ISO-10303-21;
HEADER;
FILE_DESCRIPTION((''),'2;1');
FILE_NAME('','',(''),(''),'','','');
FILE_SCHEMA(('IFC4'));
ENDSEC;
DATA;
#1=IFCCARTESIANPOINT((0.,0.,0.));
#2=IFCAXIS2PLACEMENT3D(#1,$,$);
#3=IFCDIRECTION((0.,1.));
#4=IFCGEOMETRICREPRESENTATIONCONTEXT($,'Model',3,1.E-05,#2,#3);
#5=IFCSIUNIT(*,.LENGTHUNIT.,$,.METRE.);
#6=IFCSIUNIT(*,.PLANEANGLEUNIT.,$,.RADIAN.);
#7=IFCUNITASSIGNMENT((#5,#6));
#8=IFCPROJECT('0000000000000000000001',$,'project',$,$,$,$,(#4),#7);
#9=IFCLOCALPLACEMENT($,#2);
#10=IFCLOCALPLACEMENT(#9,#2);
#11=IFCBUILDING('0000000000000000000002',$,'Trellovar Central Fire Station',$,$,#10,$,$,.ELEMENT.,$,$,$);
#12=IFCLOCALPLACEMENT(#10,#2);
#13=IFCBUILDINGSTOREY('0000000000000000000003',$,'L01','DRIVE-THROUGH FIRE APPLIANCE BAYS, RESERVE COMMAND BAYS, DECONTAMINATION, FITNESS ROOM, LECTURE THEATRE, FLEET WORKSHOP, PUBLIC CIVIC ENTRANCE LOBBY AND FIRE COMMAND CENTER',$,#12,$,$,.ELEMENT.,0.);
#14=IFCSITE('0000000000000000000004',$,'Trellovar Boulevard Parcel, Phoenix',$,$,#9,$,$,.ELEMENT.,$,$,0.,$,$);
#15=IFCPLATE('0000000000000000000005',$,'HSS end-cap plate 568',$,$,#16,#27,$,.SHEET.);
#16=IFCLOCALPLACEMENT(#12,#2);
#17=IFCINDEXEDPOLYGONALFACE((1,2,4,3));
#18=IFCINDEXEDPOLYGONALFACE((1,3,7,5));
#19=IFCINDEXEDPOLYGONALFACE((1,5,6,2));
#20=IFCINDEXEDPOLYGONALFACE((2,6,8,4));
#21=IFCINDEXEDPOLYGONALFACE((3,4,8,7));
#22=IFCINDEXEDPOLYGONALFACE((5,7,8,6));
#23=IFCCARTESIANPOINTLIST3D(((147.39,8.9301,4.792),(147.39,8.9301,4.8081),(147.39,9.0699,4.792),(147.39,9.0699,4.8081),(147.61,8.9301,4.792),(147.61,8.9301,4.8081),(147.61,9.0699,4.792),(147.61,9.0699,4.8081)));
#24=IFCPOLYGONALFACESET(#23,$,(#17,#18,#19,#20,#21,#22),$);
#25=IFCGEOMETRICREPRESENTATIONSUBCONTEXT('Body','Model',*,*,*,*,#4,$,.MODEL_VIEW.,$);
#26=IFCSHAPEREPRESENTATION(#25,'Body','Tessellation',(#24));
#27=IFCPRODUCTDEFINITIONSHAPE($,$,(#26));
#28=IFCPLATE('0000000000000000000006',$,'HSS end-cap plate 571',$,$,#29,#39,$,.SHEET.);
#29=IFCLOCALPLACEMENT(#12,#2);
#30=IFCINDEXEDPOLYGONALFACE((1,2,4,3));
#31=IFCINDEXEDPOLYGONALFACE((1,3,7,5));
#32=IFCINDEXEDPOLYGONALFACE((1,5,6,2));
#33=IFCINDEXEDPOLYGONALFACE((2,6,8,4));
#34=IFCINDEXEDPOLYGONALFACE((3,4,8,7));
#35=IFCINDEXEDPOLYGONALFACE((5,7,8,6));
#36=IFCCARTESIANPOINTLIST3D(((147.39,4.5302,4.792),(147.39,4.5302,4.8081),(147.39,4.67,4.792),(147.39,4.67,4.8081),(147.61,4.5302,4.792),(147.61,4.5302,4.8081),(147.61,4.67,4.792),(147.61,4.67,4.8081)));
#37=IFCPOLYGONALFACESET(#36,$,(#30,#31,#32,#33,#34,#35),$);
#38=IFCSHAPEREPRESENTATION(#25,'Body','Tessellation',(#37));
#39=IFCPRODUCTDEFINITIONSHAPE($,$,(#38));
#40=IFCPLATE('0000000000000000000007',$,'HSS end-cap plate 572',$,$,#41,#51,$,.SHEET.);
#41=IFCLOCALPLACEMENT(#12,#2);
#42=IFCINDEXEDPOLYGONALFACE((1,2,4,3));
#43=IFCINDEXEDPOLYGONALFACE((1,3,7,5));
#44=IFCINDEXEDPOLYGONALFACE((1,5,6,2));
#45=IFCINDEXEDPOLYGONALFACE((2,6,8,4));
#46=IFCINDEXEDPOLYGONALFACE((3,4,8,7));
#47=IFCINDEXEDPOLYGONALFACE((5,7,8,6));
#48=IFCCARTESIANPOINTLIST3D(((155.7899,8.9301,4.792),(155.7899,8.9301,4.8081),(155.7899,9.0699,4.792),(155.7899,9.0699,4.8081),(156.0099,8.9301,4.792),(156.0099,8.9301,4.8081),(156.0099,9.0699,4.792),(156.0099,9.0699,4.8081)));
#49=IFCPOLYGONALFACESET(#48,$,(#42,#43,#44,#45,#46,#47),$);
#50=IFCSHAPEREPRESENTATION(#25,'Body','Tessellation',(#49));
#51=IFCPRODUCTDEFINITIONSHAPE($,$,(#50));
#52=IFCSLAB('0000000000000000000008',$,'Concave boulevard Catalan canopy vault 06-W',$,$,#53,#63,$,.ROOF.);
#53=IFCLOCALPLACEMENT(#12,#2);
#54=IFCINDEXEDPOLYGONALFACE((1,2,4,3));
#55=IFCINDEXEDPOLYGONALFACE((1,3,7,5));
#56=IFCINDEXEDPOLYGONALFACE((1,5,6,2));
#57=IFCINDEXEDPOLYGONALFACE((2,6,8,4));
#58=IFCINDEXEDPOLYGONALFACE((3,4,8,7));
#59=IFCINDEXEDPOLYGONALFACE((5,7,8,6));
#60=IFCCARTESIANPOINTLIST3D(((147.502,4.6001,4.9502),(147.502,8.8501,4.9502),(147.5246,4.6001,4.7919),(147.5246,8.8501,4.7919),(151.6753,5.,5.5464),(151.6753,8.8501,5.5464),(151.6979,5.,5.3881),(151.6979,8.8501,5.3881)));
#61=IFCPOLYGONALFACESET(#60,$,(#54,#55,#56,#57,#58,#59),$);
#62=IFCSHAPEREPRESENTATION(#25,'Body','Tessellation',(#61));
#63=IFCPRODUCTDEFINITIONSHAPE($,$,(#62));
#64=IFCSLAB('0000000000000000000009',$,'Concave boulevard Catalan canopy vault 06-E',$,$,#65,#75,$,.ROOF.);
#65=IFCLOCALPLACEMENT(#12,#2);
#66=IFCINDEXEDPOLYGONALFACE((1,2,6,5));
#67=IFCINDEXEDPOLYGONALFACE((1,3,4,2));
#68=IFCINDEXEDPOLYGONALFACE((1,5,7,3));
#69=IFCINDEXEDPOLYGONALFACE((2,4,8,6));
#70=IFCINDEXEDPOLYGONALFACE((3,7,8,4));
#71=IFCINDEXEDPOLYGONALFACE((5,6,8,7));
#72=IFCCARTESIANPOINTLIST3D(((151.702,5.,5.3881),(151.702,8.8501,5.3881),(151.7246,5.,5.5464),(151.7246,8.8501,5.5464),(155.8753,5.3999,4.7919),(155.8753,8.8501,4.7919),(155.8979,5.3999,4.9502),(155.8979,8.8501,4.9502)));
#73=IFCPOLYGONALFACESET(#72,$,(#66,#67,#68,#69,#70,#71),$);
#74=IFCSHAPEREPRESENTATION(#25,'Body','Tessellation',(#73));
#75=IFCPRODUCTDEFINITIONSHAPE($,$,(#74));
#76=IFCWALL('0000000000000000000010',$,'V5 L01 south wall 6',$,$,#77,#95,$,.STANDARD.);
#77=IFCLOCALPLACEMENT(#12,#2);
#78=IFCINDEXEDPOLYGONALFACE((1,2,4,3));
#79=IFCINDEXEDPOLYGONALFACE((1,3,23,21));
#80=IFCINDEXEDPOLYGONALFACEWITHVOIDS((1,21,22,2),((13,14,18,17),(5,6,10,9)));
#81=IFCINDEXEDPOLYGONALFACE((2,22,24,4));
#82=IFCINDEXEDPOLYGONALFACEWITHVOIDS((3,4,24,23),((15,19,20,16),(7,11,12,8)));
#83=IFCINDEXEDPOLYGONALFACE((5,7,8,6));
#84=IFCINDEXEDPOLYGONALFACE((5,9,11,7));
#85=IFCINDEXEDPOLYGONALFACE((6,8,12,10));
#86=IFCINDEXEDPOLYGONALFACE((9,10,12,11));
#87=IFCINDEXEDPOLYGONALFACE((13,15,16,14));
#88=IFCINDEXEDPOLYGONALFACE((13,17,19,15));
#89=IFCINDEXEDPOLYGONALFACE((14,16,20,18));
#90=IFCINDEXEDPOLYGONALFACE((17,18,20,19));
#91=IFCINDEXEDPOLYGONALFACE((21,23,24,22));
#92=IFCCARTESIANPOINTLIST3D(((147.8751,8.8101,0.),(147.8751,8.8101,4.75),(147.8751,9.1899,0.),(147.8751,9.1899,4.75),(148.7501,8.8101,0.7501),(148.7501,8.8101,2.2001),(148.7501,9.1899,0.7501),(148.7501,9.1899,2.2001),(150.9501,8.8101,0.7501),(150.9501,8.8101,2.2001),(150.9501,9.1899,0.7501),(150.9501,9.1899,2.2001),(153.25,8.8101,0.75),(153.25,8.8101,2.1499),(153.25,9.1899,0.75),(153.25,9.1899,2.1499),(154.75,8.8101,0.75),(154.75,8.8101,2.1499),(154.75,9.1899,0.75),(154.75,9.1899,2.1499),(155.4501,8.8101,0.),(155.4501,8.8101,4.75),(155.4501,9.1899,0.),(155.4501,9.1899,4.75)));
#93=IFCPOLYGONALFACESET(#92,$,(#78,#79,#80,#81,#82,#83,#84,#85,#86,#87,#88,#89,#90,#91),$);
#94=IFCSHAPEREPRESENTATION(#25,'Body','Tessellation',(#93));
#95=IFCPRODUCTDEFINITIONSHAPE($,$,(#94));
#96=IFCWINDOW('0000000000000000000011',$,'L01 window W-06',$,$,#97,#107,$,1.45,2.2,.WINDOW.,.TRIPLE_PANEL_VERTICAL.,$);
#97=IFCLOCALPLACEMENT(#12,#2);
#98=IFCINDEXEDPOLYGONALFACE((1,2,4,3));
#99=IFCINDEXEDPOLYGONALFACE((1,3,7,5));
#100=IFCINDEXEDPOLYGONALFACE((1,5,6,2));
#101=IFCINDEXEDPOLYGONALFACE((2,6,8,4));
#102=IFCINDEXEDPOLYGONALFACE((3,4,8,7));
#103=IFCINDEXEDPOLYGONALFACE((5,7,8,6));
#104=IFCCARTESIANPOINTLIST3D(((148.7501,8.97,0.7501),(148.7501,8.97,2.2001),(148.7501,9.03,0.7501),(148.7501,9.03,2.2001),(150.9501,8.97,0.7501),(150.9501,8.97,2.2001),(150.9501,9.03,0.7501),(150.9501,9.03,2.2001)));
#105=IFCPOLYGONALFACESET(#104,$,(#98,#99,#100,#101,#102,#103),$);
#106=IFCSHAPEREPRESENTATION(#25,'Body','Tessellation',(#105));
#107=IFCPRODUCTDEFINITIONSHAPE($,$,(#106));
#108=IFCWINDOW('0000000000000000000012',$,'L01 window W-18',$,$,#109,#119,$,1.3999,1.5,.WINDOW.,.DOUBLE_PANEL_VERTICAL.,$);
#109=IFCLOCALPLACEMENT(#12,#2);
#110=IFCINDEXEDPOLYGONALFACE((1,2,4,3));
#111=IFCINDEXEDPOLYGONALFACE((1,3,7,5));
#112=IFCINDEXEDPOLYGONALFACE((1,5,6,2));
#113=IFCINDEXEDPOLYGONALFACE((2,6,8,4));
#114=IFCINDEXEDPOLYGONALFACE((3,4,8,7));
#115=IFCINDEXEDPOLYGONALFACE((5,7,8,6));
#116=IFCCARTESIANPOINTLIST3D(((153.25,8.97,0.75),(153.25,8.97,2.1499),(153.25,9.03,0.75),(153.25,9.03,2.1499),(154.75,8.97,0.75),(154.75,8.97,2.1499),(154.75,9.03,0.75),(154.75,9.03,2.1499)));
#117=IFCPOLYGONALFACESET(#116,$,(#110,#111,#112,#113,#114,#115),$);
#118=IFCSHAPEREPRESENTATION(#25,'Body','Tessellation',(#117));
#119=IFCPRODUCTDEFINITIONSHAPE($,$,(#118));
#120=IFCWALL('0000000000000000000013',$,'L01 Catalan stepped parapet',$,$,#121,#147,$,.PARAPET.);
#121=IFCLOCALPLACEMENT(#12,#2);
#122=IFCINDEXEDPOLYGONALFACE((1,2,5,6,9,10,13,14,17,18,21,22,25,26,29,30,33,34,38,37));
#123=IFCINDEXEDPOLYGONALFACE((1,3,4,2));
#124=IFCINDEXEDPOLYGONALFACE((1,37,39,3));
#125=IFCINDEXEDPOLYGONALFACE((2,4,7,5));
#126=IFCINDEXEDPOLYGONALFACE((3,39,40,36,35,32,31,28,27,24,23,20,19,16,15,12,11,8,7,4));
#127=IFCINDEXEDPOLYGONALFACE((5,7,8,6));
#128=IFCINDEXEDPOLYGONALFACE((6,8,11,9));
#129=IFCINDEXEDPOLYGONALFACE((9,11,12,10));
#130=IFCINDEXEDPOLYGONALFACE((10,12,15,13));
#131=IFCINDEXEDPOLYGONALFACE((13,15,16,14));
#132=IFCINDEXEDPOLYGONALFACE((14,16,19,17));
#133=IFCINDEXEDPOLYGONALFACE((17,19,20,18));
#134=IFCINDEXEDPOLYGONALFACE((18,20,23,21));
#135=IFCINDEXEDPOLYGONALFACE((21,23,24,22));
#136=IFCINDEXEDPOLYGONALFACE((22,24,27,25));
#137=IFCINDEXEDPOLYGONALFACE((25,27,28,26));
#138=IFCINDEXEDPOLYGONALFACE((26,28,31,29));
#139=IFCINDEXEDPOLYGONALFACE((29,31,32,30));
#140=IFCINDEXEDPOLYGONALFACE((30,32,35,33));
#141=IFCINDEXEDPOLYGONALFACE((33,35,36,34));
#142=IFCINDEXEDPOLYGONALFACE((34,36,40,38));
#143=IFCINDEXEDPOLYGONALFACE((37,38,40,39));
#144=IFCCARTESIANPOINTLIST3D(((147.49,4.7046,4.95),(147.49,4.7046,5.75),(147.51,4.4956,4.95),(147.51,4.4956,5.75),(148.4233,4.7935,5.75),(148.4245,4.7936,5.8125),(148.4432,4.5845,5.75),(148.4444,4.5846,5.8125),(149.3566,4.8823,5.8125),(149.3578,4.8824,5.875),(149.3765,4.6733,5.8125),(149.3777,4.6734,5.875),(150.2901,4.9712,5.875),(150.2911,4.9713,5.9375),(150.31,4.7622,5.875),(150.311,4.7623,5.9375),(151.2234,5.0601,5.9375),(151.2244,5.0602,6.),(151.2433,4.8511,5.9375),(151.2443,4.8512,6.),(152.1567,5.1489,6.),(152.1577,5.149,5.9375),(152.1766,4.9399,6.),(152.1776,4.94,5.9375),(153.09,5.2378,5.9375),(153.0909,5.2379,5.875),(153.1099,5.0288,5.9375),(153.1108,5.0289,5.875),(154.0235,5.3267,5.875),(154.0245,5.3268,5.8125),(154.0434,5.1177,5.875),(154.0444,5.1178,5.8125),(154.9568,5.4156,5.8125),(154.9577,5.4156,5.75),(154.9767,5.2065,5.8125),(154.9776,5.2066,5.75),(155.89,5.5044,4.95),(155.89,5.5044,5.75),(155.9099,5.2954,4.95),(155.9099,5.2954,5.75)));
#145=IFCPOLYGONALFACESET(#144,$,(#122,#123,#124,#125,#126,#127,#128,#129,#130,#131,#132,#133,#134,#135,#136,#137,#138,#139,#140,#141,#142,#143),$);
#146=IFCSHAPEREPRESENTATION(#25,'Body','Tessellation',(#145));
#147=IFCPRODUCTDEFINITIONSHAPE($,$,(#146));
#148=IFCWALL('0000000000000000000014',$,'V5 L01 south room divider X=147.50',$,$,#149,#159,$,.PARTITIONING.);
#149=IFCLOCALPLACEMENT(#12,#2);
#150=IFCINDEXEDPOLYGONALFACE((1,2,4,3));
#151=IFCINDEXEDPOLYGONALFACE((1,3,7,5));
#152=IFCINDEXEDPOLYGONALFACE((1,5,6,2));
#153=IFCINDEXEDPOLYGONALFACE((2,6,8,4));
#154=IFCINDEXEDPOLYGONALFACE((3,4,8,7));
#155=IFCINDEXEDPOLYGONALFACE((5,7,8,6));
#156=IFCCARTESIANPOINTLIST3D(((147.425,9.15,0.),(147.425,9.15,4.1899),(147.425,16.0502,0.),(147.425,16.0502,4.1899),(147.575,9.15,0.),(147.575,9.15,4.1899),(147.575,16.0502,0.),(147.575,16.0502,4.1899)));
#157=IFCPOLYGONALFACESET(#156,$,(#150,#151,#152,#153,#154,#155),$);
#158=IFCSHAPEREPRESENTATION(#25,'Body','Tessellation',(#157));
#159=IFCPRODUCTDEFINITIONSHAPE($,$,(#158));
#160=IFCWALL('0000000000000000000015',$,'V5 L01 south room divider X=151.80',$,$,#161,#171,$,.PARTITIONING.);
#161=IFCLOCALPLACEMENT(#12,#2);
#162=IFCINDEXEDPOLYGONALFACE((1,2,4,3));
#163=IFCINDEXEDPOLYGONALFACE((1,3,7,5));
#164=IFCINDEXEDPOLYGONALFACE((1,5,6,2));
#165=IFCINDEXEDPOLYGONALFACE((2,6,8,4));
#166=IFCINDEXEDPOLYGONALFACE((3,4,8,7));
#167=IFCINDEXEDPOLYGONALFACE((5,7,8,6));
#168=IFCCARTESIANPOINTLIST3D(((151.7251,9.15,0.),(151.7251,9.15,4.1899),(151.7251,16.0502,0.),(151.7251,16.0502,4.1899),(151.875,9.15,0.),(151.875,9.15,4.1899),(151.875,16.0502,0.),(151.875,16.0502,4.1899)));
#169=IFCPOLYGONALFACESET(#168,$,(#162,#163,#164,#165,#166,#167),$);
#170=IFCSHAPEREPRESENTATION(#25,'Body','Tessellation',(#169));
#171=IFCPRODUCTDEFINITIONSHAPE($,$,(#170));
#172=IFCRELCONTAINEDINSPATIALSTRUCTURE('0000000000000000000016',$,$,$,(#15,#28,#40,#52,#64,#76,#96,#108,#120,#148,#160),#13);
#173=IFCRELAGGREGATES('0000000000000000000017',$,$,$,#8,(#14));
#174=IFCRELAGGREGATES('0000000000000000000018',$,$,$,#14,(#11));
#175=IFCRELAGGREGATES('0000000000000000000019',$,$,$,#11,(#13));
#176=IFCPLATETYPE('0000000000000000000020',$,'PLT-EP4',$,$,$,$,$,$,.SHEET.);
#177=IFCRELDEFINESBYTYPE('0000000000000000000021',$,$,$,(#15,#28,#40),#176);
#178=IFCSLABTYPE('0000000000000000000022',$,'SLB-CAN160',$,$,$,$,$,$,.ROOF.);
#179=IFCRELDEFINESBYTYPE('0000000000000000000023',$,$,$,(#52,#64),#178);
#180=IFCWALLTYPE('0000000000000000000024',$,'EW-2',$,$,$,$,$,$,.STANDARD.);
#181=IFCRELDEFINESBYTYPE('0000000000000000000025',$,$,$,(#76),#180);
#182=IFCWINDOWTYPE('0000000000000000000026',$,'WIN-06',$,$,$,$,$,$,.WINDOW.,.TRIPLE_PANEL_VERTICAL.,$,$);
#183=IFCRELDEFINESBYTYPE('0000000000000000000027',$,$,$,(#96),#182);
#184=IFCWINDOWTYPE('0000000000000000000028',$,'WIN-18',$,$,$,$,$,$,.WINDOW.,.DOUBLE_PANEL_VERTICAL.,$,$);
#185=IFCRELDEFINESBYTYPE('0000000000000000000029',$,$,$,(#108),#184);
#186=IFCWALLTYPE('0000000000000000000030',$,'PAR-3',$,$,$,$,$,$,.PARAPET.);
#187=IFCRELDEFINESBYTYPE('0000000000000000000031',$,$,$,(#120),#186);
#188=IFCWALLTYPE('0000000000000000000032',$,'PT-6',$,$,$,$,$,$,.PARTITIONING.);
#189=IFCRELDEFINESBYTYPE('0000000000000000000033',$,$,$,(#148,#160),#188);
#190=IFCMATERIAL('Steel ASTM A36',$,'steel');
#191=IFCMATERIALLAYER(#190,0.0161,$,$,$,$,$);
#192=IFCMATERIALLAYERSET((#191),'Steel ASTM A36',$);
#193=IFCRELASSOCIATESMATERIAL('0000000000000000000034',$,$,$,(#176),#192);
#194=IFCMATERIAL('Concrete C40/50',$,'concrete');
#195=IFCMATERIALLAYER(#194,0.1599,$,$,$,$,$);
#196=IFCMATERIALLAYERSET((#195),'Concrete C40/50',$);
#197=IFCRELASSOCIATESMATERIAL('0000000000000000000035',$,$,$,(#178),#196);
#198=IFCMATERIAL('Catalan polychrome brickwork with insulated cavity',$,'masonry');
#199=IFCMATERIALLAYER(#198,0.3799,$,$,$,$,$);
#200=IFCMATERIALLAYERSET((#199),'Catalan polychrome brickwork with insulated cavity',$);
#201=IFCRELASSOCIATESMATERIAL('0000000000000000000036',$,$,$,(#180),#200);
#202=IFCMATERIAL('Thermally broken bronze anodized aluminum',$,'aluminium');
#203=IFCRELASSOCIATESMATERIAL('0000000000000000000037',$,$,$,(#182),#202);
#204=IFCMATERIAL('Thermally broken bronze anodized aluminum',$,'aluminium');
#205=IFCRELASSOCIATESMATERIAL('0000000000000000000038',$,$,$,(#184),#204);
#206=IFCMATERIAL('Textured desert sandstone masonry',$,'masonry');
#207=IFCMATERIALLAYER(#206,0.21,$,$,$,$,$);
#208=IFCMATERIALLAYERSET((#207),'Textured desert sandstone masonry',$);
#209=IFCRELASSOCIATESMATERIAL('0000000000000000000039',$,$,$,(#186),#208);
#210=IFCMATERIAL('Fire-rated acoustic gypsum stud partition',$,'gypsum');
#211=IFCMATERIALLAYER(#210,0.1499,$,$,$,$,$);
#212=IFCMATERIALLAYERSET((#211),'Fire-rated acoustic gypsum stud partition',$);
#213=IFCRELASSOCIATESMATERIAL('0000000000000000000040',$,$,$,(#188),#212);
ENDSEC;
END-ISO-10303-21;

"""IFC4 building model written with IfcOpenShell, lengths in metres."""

from ifc_helpers import new_model, si_unit, direction, frame, frame_2d, origin, origin_2d, place, context, subcontext, project, spatial, polyline, rectangle, outline, extrude, material, layer, layer_set, type_object, element, fill, save


model = new_model("IFC4")

# Units and contexts
model_context = context("Model", 3, precision=1e-05, world=origin(), true_north=direction((0.0, 1.0)))
body_context = subcontext(model_context, "Body", "Model", "MODEL_VIEW")
ifc_project = project(units=[si_unit("LENGTHUNIT", "METRE"), si_unit("PLANEANGLEUNIT", "RADIAN")], contexts=[model_context])

# Site, building, storey
site_placement = place(None, origin())
site = spatial("IfcSite", under=ifc_project, at=site_placement, Name="Trellovar Boulevard Parcel, Phoenix", CompositionType="ELEMENT", RefElevation=0.0)
building_placement = place(site_placement, origin())
building = spatial("IfcBuilding", under=site, at=building_placement, Name="Trellovar Central Fire Station", CompositionType="ELEMENT")
storey_placement = place(building_placement, origin())
storey = spatial("IfcBuildingStorey", under=building, at=storey_placement, Name="L01", Description="DRIVE-THROUGH FIRE APPLIANCE BAYS, RESERVE COMMAND BAYS, DECONTAMINATION, FITNESS ROOM, LECTURE THEATRE, FLEET WORKSHOP, PUBLIC CIVIC ENTRANCE LOBBY AND FIRE COMMAND CENTER", CompositionType="ELEMENT", Elevation=0.0)

# Plates
ifc_material_1 = material(Name="Steel ASTM A36", Category="steel")
ifc_layer_1 = layer(ifc_material_1, 0.0161)
ifc_layer_set_1 = layer_set([ifc_layer_1], Name="Steel ASTM A36")
plate_type_1 = type_object("IfcPlateType", Name="PLT-EP4", PredefinedType="SHEET", material=ifc_layer_set_1)
for number, where, z_axis, x_axis, name in (
    (1, (147.5, 9.0, 4.792), (0.0, 0.0, 1.0), (1.0, 0.0, 0.0), "HSS end-cap plate 568"),
    (2, (147.5, 4.6001, 4.792), (0.0, 0.0, 1.0), (1.0, 0.0, 0.0), "HSS end-cap plate 571"),
    (3, (155.8999, 9.0, 4.792), (0.0, 0.0, 1.0), (1.0, 0.0, 0.0), "HSS end-cap plate 572"),
):
    element("IfcPlate", number, at=place(storey_placement, frame(where, z_axis=z_axis, x_axis=x_axis)), inside=storey, type_object=plate_type_1, Name=name, PredefinedType="SHEET", context=body_context, shape_type="SweptSolid", body=[
        extrude(rectangle(XDim=0.22, YDim=0.1399, at=origin_2d()), origin(), (0.0, 0.0, 1.0), 0.0161),
    ])

# Slabs
ifc_material_2 = material(Name="Concrete C40/50", Category="concrete")
ifc_layer_2 = layer(ifc_material_2, 0.1599)
ifc_layer_set_2 = layer_set([ifc_layer_2], Name="Concrete C40/50")
slab_type = type_object("IfcSlabType", Name="SLB-CAN160", PredefinedType="ROOF", material=ifc_layer_set_2)
slab_1_placement = place(storey_placement, frame((147.502, 4.6001, 4.9502), z_axis=(-0.141421, 0.0, 0.989949), x_axis=(0.985525, 0.094436, 0.140789)))
element("IfcSlab", 4, at=slab_1_placement, inside=storey, type_object=slab_type, Name="Concave boulevard Catalan canopy vault 06-W", PredefinedType="ROOF", context=body_context, shape_type="SweptSolid", body=[
    extrude(outline(polyline([(0.0, 0.0), (4.2346, 0.0), (4.5982, 3.8329), (0.4014, 4.231), (0.0, 0.0)])), origin(), (0.0, 0.0, -1.0), 0.1599),
])
slab_2_placement = place(storey_placement, frame((151.7246, 5.0, 5.5464), z_axis=(0.141421, 0.0, 0.989949), x_axis=(0.985525, 0.094436, -0.140789)))
element("IfcSlab", 5, at=slab_2_placement, inside=storey, type_object=slab_type, Name="Concave boulevard Catalan canopy vault 06-E", PredefinedType="ROOF", context=body_context, shape_type="SweptSolid", body=[
    extrude(outline(polyline([(0.0, 0.0), (4.2346, 0.0), (4.5605, 3.4348), (0.3636, 3.8329), (0.0, 0.0)])), origin(), (0.0, 0.0, -1.0), 0.1599),
])

# Wall, openings, windows
ifc_material_3 = material(Name="Catalan polychrome brickwork with insulated cavity", Category="masonry")
ifc_layer_3 = layer(ifc_material_3, 0.3799)
ifc_layer_set_3 = layer_set([ifc_layer_3], Name="Catalan polychrome brickwork with insulated cavity")
wall_type_1 = type_object("IfcWallType", Name="EW-2", PredefinedType="STANDARD", material=ifc_layer_set_3)
wall_1_placement = place(storey_placement, frame((147.875, 9.0, 0.0), z_axis=(0.0, 0.0, 1.0), x_axis=(1.0, 0.0, 0.0)))
wall_1 = element("IfcWall", 6, at=wall_1_placement, inside=storey, type_object=wall_type_1, Name="V5 L01 south wall 6", PredefinedType="STANDARD", context=body_context, shape_type="SweptSolid", body=[
    extrude(rectangle(XDim=7.575, YDim=0.3799, at=frame_2d((3.7876, 0.0))), origin(), (0.0, 0.0, 1.0), 4.75),
])
opening_1_placement = place(wall_1_placement, frame((0.875, 0.0, 0.75)))
opening_1 = element("IfcOpeningElement", 7, at=opening_1_placement, cuts=wall_1, PredefinedType="OPENING", context=body_context, shape_type="SweptSolid", body=[
    extrude(rectangle(XDim=2.2, YDim=1.45, at=frame_2d((1.1001, 0.7251))), frame((0.0, 0.2, 0.0), z_axis=(0.0, -1.0, 0.0), x_axis=(1.0, 0.0, 0.0)), (0.0, 0.0, 1.0), 0.3999),
])
opening_2_placement = place(wall_1_placement, frame((5.375, 0.0, 0.75)))
opening_2 = element("IfcOpeningElement", 8, at=opening_2_placement, cuts=wall_1, PredefinedType="OPENING", context=body_context, shape_type="SweptSolid", body=[
    extrude(rectangle(XDim=1.5, YDim=1.3999, at=frame_2d((0.75, 0.7))), frame((0.0, 0.2, 0.0), z_axis=(0.0, -1.0, 0.0), x_axis=(1.0, 0.0, 0.0)), (0.0, 0.0, 1.0), 0.3999),
])
ifc_material_4 = material(Name="Thermally broken bronze anodized aluminum", Category="aluminium")
window_type_1 = type_object("IfcWindowType", Name="WIN-06", PartitioningType="TRIPLE_PANEL_VERTICAL", PredefinedType="WINDOW", material=ifc_material_4)
window_1_placement = place(opening_1_placement, origin())
window_1 = element("IfcWindow", 9, at=window_1_placement, inside=storey, type_object=window_type_1, Name="L01 window W-06", OverallHeight=1.45, OverallWidth=2.2, PartitioningType="TRIPLE_PANEL_VERTICAL", PredefinedType="WINDOW", context=body_context, shape_type="SweptSolid", body=[
    extrude(rectangle(XDim=2.2, YDim=1.45, at=frame_2d((1.1001, 0.7251))), frame((0.0, 0.03, 0.0), z_axis=(0.0, -1.0, 0.0), x_axis=(1.0, 0.0, 0.0)), (0.0, 0.0, 1.0), 0.0601),
])
fill(opening_1, window_1)
ifc_material_5 = material(Name="Thermally broken bronze anodized aluminum", Category="aluminium")
window_type_2 = type_object("IfcWindowType", Name="WIN-18", PartitioningType="DOUBLE_PANEL_VERTICAL", PredefinedType="WINDOW", material=ifc_material_5)
window_2_placement = place(opening_2_placement, origin())
window_2 = element("IfcWindow", 10, at=window_2_placement, inside=storey, type_object=window_type_2, Name="L01 window W-18", OverallHeight=1.3999, OverallWidth=1.5, PartitioningType="DOUBLE_PANEL_VERTICAL", PredefinedType="WINDOW", context=body_context, shape_type="SweptSolid", body=[
    extrude(rectangle(XDim=1.5, YDim=1.3999, at=frame_2d((0.75, 0.7))), frame((0.0, 0.03, 0.0), z_axis=(0.0, -1.0, 0.0), x_axis=(1.0, 0.0, 0.0)), (0.0, 0.0, 1.0), 0.0601),
])
fill(opening_2, window_2)

# Walls
ifc_material_6 = material(Name="Textured desert sandstone masonry", Category="masonry")
ifc_layer_4 = layer(ifc_material_6, 0.21)
ifc_layer_set_4 = layer_set([ifc_layer_4], Name="Textured desert sandstone masonry")
wall_type_2 = type_object("IfcWallType", Name="PAR-3", PredefinedType="PARAPET", material=ifc_layer_set_4)
wall_2_placement = place(storey_placement, frame((147.5, 4.6001, 4.95), z_axis=(0.0, 0.0, 1.0), x_axis=(0.995498, 0.094787, 0.0)))
element("IfcWall", 11, at=wall_2_placement, inside=storey, type_object=wall_type_2, Name="L01 Catalan stepped parapet", PredefinedType="PARAPET", context=body_context, shape_type="SweptSolid", body=[
    extrude(outline(polyline([(0.0, 0.0), (8.438, 0.0), (8.438, 0.8), (7.5015, 0.8), (7.5005, 0.8625), (6.564, 0.8625), (6.563, 0.925), (5.6262, 0.925), (5.6252, 0.9875), (4.6887, 0.9875), (4.6877, 1.05), (3.7512, 1.05), (3.7502, 0.9875), (2.8137, 0.9875), (2.8127, 0.925), (1.8762, 0.925), (1.875, 0.8625), (0.9387, 0.8625), (0.9375, 0.8), (0.0, 0.8), (0.0, 0.0)])), frame((0.0, 0.105, 0.0), z_axis=(0.0, -1.0, 0.0), x_axis=(1.0, 0.0, 0.0)), (0.0, 0.0, 1.0), 0.21),
])
ifc_material_7 = material(Name="Fire-rated acoustic gypsum stud partition", Category="gypsum")
ifc_layer_5 = layer(ifc_material_7, 0.1499)
ifc_layer_set_5 = layer_set([ifc_layer_5], Name="Fire-rated acoustic gypsum stud partition")
wall_type_3 = type_object("IfcWallType", Name="PT-6", PredefinedType="PARTITIONING", material=ifc_layer_set_5)
for number, where, z_axis, x_axis, name in (
    (12, (147.5, 9.1499, 0.0), (0.0, 0.0, 1.0), (0.0, 1.0, 0.0), "V5 L01 south room divider X=147.50"),
    (13, (151.8, 9.1499, 0.0), (0.0, 0.0, 1.0), (0.0, 1.0, 0.0), "V5 L01 south room divider X=151.80"),
):
    element("IfcWall", number, at=place(storey_placement, frame(where, z_axis=z_axis, x_axis=x_axis)), inside=storey, type_object=wall_type_3, Name=name, PredefinedType="PARTITIONING", context=body_context, shape_type="SweptSolid", body=[
        extrude(rectangle(XDim=6.9001, YDim=0.1499, at=frame_2d((3.4502, 0.0))), origin(), (0.0, 0.0, 1.0), 4.1899),
    ])

save(model, "model.ifc")
